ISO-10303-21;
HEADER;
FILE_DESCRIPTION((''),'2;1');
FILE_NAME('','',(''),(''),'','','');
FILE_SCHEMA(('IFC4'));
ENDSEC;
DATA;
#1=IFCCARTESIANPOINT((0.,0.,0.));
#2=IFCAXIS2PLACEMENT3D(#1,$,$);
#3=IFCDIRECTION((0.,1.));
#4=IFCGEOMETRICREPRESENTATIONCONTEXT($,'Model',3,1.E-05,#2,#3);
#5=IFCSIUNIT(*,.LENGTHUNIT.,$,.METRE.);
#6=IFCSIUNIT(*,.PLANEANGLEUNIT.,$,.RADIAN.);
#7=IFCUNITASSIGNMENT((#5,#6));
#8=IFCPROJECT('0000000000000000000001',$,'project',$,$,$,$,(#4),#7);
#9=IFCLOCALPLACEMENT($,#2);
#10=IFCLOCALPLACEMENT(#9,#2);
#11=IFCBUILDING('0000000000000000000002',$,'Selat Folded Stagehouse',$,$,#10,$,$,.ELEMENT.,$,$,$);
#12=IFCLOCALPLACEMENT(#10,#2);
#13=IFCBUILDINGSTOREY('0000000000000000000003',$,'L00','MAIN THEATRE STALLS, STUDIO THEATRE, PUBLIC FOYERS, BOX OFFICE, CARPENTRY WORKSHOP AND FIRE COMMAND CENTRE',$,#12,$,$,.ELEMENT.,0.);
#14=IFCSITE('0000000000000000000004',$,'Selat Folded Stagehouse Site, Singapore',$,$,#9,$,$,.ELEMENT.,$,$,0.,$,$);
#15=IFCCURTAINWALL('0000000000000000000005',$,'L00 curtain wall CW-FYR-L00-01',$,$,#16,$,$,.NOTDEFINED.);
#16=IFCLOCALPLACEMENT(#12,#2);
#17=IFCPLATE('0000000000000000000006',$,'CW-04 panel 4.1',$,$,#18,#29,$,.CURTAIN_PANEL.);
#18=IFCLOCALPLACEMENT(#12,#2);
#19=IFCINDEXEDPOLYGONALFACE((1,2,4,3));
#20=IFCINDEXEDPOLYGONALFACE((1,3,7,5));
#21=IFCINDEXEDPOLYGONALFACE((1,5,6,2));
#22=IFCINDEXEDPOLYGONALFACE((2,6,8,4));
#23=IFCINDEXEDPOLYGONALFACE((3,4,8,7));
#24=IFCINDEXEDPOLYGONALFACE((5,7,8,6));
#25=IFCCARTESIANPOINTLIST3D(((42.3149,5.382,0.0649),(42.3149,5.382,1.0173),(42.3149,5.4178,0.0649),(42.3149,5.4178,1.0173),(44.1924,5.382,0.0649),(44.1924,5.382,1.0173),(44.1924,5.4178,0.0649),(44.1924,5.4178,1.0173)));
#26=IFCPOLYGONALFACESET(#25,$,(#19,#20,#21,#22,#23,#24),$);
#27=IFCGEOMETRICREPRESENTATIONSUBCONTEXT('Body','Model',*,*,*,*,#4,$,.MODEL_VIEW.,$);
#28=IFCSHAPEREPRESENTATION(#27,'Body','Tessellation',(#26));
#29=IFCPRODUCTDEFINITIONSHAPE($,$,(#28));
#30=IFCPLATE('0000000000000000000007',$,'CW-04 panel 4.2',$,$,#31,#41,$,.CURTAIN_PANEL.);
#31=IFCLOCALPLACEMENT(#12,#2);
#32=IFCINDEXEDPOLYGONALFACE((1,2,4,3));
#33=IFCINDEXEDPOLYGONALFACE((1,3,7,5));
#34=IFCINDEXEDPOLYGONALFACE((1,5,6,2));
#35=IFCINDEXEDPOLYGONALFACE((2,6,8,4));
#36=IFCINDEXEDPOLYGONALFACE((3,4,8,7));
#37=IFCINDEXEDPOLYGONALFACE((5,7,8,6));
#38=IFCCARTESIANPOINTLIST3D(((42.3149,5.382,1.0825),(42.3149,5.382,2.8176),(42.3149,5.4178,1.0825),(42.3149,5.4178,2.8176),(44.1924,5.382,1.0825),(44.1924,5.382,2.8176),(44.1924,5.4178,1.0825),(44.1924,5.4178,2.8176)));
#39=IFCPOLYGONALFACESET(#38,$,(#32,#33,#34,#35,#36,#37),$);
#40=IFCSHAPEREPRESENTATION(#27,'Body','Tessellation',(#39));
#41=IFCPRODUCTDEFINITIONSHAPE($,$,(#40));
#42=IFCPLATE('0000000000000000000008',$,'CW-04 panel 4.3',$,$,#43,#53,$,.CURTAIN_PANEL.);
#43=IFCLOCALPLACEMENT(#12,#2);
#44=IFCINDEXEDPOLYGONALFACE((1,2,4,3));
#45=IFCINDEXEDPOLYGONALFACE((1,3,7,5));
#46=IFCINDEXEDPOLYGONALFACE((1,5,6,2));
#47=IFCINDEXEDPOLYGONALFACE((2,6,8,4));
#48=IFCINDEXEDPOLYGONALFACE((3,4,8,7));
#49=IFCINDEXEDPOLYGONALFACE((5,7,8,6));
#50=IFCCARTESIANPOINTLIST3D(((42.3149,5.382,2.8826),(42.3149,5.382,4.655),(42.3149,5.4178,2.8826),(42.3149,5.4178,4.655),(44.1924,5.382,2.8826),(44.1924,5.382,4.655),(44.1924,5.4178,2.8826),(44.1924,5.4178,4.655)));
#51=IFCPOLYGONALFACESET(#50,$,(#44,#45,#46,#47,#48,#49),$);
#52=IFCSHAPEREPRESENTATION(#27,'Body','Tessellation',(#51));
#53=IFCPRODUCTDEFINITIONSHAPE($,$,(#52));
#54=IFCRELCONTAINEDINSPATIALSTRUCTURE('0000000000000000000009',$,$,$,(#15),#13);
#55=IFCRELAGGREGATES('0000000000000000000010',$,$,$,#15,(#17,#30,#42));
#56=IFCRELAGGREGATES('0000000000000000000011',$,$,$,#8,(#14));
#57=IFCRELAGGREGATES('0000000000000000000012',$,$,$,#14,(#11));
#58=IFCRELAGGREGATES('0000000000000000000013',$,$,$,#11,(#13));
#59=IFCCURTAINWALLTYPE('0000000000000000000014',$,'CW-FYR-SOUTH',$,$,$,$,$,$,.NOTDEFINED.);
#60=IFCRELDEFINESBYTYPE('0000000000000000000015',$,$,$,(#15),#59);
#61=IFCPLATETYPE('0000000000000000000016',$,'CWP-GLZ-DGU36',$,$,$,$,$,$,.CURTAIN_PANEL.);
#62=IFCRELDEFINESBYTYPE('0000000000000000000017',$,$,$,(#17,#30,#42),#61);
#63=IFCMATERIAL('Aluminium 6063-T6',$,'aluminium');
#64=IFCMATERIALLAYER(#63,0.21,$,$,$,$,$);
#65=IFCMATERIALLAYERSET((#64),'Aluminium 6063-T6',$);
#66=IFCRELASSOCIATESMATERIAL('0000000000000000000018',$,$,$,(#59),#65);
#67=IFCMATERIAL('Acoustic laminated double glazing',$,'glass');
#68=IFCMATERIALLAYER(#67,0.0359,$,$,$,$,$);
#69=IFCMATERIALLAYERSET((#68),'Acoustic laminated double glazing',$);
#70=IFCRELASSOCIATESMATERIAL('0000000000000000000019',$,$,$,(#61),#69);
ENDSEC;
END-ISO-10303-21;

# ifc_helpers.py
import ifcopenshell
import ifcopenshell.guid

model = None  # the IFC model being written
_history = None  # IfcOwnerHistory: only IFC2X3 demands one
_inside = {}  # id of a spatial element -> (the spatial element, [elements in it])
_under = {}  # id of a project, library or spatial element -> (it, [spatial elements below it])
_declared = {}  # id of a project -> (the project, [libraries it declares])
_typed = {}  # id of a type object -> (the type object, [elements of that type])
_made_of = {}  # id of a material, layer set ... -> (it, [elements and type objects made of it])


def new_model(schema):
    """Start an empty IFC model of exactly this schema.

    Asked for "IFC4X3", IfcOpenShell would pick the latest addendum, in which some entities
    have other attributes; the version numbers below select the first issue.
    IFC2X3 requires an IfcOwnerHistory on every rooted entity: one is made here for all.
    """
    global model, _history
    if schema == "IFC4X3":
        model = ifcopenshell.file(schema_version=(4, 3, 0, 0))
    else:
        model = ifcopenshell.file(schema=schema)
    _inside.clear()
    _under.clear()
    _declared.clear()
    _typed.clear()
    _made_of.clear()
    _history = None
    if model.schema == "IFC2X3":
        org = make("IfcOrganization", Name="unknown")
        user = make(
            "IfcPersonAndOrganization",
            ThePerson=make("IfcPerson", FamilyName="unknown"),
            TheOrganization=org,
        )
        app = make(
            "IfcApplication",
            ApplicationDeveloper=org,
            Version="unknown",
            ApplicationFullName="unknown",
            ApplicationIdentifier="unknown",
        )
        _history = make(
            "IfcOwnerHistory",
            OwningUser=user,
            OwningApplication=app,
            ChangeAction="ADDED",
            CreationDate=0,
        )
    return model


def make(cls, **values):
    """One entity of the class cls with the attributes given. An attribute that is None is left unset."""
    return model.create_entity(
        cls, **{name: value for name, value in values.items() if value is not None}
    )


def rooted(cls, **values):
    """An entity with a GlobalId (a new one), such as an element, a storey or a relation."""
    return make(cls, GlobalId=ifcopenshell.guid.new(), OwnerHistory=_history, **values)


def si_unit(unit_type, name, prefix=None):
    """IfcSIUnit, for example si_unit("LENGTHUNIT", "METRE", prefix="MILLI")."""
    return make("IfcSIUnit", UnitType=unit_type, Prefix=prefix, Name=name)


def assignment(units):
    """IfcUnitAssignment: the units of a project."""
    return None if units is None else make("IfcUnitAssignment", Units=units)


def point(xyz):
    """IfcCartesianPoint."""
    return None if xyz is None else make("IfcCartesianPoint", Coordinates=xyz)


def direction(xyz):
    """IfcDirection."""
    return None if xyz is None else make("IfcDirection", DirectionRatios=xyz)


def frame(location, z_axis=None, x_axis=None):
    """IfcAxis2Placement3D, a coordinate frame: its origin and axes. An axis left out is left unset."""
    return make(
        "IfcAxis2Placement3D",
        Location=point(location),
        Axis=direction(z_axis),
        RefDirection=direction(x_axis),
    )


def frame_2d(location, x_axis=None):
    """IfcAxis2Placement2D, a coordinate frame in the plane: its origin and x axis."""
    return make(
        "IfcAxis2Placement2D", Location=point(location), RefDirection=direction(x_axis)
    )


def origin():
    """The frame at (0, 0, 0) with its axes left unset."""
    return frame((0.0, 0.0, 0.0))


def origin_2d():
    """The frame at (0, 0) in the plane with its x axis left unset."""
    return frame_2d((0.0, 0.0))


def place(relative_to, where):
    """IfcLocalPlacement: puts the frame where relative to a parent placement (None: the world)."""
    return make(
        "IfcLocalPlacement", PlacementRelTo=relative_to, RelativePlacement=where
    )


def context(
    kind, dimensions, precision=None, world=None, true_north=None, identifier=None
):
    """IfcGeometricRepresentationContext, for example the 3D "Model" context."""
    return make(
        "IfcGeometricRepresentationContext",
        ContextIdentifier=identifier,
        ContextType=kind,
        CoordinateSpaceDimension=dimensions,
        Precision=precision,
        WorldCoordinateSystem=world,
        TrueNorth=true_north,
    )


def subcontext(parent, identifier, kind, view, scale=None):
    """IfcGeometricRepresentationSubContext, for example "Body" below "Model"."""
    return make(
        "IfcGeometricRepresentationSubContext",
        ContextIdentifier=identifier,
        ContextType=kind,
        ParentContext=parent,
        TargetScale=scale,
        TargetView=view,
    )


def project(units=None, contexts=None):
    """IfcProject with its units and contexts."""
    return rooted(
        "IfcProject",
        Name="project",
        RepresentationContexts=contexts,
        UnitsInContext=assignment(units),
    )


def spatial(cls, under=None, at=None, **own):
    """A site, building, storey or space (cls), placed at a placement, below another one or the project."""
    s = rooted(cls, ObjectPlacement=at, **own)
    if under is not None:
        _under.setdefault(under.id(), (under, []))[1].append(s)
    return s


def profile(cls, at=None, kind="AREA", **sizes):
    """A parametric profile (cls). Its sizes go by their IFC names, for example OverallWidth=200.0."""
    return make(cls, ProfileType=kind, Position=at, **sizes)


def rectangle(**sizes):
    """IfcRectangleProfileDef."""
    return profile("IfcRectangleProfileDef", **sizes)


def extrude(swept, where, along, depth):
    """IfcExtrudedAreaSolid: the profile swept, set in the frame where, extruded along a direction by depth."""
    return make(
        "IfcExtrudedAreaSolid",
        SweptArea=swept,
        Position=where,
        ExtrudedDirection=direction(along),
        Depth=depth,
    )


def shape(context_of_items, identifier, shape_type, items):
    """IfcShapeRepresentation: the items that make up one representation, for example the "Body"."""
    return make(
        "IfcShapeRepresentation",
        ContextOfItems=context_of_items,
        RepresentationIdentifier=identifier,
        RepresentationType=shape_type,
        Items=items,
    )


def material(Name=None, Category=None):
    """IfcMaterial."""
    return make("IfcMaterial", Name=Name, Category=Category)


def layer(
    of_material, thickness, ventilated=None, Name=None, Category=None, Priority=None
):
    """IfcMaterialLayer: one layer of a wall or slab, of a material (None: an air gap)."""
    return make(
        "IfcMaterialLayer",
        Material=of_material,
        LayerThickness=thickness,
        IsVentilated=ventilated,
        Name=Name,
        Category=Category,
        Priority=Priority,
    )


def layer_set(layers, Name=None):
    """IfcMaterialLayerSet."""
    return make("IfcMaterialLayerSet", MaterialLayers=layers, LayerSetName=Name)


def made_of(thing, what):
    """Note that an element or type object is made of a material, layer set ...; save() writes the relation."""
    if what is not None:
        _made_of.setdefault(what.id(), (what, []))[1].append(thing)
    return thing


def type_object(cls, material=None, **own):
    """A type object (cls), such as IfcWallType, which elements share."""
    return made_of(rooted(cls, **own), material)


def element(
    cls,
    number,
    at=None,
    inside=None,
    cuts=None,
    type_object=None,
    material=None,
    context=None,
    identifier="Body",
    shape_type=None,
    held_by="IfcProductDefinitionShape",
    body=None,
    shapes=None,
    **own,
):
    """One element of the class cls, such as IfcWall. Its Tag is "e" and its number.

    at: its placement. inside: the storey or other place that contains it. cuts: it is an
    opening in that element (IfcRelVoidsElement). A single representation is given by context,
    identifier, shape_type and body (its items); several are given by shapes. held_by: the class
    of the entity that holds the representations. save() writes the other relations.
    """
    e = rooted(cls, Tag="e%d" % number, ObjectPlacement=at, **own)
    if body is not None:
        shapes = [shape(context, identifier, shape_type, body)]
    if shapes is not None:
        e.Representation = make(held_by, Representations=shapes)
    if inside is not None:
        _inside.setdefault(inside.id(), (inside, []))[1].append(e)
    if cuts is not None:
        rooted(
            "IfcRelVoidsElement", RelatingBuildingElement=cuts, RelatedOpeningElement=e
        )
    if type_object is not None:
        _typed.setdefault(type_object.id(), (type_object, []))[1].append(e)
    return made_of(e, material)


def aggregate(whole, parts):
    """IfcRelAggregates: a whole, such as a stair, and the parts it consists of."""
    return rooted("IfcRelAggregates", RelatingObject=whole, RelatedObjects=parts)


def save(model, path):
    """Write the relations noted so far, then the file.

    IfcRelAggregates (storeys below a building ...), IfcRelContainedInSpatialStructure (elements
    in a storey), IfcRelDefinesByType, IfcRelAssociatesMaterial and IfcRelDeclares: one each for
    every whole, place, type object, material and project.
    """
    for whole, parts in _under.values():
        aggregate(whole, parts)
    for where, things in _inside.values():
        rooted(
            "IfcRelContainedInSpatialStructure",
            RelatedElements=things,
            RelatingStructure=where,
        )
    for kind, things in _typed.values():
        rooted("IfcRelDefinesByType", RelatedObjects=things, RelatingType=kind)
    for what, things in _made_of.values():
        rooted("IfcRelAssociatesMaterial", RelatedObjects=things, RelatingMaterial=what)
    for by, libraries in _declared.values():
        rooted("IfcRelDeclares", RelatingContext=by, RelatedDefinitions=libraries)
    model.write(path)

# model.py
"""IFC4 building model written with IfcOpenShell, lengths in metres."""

from ifc_helpers import new_model, si_unit, direction, frame, origin, origin_2d, place, context, subcontext, project, spatial, rectangle, extrude, material, layer, layer_set, type_object, element, aggregate, save


model = new_model("IFC4")

# Units and contexts
model_context = context("Model", 3, precision=1e-05, world=origin(), true_north=direction((0.0, 1.0)))
body_context = subcontext(model_context, "Body", "Model", "MODEL_VIEW")
ifc_project = project(units=[si_unit("LENGTHUNIT", "METRE"), si_unit("PLANEANGLEUNIT", "RADIAN")], contexts=[model_context])

# Site, building, storey
site_placement = place(None, origin())
site = spatial("IfcSite", under=ifc_project, at=site_placement, Name="Selat Folded Stagehouse Site, Singapore", CompositionType="ELEMENT", RefElevation=0.0)
building_placement = place(site_placement, origin())
building = spatial("IfcBuilding", under=site, at=building_placement, Name="Selat Folded Stagehouse", CompositionType="ELEMENT")
storey_placement = place(building_placement, origin())
storey = spatial("IfcBuildingStorey", under=building, at=storey_placement, Name="L00", Description="MAIN THEATRE STALLS, STUDIO THEATRE, PUBLIC FOYERS, BOX OFFICE, CARPENTRY WORKSHOP AND FIRE COMMAND CENTRE", CompositionType="ELEMENT", Elevation=0.0)

# Shared definitions
ifc_material_1 = material(Name="Aluminium 6063-T6", Category="aluminium")
ifc_layer_1 = layer(ifc_material_1, 0.21)
ifc_layer_set_1 = layer_set([ifc_layer_1], Name="Aluminium 6063-T6")
curtain_wall_type = type_object("IfcCurtainWallType", Name="CW-FYR-SOUTH", PredefinedType="NOTDEFINED", material=ifc_layer_set_1)

# Curtain wall
curtain_wall_1_placement = place(storey_placement, origin())
curtain_wall_1 = element("IfcCurtainWall", 1, at=curtain_wall_1_placement, inside=storey, type_object=curtain_wall_type, Name="L00 curtain wall CW-FYR-L00-01", PredefinedType="NOTDEFINED")

# Plates
ifc_material_2 = material(Name="Acoustic laminated double glazing", Category="glass")
ifc_layer_2 = layer(ifc_material_2, 0.0359)
ifc_layer_set_2 = layer_set([ifc_layer_2], Name="Acoustic laminated double glazing")
plate_type = type_object("IfcPlateType", Name="CWP-GLZ-DGU36", PredefinedType="CURTAIN_PANEL", material=ifc_layer_set_2)
plate_1_placement = place(storey_placement, frame((43.2537, 5.3999, 0.0649), z_axis=(0.0, 0.0, 1.0), x_axis=(-1.0, 0.0, 0.0)))
plate_1 = element("IfcPlate", 2, at=plate_1_placement, type_object=plate_type, Name="CW-04 panel 4.1", PredefinedType="CURTAIN_PANEL", context=body_context, shape_type="SweptSolid", body=[
    extrude(rectangle(XDim=1.8774, YDim=0.0359, at=origin_2d()), origin(), (0.0, 0.0, 1.0), 0.9524),
])
plate_2_placement = place(storey_placement, frame((43.2537, 5.3999, 1.0825), z_axis=(0.0, 0.0, 1.0), x_axis=(-1.0, 0.0, 0.0)))
plate_2 = element("IfcPlate", 3, at=plate_2_placement, type_object=plate_type, Name="CW-04 panel 4.2", PredefinedType="CURTAIN_PANEL", context=body_context, shape_type="SweptSolid", body=[
    extrude(rectangle(XDim=1.8774, YDim=0.0359, at=origin_2d()), origin(), (0.0, 0.0, 1.0), 1.7351),
])
plate_3_placement = place(storey_placement, frame((43.2537, 5.3999, 2.8826), z_axis=(0.0, 0.0, 1.0), x_axis=(-1.0, 0.0, 0.0)))
plate_3 = element("IfcPlate", 4, at=plate_3_placement, type_object=plate_type, Name="CW-04 panel 4.3", PredefinedType="CURTAIN_PANEL", context=body_context, shape_type="SweptSolid", body=[
    extrude(rectangle(XDim=1.8774, YDim=0.0359, at=origin_2d()), origin(), (0.0, 0.0, 1.0), 1.7725),
])
aggregate(curtain_wall_1, [plate_1, plate_2, plate_3])

save(model, "model.ifc")
